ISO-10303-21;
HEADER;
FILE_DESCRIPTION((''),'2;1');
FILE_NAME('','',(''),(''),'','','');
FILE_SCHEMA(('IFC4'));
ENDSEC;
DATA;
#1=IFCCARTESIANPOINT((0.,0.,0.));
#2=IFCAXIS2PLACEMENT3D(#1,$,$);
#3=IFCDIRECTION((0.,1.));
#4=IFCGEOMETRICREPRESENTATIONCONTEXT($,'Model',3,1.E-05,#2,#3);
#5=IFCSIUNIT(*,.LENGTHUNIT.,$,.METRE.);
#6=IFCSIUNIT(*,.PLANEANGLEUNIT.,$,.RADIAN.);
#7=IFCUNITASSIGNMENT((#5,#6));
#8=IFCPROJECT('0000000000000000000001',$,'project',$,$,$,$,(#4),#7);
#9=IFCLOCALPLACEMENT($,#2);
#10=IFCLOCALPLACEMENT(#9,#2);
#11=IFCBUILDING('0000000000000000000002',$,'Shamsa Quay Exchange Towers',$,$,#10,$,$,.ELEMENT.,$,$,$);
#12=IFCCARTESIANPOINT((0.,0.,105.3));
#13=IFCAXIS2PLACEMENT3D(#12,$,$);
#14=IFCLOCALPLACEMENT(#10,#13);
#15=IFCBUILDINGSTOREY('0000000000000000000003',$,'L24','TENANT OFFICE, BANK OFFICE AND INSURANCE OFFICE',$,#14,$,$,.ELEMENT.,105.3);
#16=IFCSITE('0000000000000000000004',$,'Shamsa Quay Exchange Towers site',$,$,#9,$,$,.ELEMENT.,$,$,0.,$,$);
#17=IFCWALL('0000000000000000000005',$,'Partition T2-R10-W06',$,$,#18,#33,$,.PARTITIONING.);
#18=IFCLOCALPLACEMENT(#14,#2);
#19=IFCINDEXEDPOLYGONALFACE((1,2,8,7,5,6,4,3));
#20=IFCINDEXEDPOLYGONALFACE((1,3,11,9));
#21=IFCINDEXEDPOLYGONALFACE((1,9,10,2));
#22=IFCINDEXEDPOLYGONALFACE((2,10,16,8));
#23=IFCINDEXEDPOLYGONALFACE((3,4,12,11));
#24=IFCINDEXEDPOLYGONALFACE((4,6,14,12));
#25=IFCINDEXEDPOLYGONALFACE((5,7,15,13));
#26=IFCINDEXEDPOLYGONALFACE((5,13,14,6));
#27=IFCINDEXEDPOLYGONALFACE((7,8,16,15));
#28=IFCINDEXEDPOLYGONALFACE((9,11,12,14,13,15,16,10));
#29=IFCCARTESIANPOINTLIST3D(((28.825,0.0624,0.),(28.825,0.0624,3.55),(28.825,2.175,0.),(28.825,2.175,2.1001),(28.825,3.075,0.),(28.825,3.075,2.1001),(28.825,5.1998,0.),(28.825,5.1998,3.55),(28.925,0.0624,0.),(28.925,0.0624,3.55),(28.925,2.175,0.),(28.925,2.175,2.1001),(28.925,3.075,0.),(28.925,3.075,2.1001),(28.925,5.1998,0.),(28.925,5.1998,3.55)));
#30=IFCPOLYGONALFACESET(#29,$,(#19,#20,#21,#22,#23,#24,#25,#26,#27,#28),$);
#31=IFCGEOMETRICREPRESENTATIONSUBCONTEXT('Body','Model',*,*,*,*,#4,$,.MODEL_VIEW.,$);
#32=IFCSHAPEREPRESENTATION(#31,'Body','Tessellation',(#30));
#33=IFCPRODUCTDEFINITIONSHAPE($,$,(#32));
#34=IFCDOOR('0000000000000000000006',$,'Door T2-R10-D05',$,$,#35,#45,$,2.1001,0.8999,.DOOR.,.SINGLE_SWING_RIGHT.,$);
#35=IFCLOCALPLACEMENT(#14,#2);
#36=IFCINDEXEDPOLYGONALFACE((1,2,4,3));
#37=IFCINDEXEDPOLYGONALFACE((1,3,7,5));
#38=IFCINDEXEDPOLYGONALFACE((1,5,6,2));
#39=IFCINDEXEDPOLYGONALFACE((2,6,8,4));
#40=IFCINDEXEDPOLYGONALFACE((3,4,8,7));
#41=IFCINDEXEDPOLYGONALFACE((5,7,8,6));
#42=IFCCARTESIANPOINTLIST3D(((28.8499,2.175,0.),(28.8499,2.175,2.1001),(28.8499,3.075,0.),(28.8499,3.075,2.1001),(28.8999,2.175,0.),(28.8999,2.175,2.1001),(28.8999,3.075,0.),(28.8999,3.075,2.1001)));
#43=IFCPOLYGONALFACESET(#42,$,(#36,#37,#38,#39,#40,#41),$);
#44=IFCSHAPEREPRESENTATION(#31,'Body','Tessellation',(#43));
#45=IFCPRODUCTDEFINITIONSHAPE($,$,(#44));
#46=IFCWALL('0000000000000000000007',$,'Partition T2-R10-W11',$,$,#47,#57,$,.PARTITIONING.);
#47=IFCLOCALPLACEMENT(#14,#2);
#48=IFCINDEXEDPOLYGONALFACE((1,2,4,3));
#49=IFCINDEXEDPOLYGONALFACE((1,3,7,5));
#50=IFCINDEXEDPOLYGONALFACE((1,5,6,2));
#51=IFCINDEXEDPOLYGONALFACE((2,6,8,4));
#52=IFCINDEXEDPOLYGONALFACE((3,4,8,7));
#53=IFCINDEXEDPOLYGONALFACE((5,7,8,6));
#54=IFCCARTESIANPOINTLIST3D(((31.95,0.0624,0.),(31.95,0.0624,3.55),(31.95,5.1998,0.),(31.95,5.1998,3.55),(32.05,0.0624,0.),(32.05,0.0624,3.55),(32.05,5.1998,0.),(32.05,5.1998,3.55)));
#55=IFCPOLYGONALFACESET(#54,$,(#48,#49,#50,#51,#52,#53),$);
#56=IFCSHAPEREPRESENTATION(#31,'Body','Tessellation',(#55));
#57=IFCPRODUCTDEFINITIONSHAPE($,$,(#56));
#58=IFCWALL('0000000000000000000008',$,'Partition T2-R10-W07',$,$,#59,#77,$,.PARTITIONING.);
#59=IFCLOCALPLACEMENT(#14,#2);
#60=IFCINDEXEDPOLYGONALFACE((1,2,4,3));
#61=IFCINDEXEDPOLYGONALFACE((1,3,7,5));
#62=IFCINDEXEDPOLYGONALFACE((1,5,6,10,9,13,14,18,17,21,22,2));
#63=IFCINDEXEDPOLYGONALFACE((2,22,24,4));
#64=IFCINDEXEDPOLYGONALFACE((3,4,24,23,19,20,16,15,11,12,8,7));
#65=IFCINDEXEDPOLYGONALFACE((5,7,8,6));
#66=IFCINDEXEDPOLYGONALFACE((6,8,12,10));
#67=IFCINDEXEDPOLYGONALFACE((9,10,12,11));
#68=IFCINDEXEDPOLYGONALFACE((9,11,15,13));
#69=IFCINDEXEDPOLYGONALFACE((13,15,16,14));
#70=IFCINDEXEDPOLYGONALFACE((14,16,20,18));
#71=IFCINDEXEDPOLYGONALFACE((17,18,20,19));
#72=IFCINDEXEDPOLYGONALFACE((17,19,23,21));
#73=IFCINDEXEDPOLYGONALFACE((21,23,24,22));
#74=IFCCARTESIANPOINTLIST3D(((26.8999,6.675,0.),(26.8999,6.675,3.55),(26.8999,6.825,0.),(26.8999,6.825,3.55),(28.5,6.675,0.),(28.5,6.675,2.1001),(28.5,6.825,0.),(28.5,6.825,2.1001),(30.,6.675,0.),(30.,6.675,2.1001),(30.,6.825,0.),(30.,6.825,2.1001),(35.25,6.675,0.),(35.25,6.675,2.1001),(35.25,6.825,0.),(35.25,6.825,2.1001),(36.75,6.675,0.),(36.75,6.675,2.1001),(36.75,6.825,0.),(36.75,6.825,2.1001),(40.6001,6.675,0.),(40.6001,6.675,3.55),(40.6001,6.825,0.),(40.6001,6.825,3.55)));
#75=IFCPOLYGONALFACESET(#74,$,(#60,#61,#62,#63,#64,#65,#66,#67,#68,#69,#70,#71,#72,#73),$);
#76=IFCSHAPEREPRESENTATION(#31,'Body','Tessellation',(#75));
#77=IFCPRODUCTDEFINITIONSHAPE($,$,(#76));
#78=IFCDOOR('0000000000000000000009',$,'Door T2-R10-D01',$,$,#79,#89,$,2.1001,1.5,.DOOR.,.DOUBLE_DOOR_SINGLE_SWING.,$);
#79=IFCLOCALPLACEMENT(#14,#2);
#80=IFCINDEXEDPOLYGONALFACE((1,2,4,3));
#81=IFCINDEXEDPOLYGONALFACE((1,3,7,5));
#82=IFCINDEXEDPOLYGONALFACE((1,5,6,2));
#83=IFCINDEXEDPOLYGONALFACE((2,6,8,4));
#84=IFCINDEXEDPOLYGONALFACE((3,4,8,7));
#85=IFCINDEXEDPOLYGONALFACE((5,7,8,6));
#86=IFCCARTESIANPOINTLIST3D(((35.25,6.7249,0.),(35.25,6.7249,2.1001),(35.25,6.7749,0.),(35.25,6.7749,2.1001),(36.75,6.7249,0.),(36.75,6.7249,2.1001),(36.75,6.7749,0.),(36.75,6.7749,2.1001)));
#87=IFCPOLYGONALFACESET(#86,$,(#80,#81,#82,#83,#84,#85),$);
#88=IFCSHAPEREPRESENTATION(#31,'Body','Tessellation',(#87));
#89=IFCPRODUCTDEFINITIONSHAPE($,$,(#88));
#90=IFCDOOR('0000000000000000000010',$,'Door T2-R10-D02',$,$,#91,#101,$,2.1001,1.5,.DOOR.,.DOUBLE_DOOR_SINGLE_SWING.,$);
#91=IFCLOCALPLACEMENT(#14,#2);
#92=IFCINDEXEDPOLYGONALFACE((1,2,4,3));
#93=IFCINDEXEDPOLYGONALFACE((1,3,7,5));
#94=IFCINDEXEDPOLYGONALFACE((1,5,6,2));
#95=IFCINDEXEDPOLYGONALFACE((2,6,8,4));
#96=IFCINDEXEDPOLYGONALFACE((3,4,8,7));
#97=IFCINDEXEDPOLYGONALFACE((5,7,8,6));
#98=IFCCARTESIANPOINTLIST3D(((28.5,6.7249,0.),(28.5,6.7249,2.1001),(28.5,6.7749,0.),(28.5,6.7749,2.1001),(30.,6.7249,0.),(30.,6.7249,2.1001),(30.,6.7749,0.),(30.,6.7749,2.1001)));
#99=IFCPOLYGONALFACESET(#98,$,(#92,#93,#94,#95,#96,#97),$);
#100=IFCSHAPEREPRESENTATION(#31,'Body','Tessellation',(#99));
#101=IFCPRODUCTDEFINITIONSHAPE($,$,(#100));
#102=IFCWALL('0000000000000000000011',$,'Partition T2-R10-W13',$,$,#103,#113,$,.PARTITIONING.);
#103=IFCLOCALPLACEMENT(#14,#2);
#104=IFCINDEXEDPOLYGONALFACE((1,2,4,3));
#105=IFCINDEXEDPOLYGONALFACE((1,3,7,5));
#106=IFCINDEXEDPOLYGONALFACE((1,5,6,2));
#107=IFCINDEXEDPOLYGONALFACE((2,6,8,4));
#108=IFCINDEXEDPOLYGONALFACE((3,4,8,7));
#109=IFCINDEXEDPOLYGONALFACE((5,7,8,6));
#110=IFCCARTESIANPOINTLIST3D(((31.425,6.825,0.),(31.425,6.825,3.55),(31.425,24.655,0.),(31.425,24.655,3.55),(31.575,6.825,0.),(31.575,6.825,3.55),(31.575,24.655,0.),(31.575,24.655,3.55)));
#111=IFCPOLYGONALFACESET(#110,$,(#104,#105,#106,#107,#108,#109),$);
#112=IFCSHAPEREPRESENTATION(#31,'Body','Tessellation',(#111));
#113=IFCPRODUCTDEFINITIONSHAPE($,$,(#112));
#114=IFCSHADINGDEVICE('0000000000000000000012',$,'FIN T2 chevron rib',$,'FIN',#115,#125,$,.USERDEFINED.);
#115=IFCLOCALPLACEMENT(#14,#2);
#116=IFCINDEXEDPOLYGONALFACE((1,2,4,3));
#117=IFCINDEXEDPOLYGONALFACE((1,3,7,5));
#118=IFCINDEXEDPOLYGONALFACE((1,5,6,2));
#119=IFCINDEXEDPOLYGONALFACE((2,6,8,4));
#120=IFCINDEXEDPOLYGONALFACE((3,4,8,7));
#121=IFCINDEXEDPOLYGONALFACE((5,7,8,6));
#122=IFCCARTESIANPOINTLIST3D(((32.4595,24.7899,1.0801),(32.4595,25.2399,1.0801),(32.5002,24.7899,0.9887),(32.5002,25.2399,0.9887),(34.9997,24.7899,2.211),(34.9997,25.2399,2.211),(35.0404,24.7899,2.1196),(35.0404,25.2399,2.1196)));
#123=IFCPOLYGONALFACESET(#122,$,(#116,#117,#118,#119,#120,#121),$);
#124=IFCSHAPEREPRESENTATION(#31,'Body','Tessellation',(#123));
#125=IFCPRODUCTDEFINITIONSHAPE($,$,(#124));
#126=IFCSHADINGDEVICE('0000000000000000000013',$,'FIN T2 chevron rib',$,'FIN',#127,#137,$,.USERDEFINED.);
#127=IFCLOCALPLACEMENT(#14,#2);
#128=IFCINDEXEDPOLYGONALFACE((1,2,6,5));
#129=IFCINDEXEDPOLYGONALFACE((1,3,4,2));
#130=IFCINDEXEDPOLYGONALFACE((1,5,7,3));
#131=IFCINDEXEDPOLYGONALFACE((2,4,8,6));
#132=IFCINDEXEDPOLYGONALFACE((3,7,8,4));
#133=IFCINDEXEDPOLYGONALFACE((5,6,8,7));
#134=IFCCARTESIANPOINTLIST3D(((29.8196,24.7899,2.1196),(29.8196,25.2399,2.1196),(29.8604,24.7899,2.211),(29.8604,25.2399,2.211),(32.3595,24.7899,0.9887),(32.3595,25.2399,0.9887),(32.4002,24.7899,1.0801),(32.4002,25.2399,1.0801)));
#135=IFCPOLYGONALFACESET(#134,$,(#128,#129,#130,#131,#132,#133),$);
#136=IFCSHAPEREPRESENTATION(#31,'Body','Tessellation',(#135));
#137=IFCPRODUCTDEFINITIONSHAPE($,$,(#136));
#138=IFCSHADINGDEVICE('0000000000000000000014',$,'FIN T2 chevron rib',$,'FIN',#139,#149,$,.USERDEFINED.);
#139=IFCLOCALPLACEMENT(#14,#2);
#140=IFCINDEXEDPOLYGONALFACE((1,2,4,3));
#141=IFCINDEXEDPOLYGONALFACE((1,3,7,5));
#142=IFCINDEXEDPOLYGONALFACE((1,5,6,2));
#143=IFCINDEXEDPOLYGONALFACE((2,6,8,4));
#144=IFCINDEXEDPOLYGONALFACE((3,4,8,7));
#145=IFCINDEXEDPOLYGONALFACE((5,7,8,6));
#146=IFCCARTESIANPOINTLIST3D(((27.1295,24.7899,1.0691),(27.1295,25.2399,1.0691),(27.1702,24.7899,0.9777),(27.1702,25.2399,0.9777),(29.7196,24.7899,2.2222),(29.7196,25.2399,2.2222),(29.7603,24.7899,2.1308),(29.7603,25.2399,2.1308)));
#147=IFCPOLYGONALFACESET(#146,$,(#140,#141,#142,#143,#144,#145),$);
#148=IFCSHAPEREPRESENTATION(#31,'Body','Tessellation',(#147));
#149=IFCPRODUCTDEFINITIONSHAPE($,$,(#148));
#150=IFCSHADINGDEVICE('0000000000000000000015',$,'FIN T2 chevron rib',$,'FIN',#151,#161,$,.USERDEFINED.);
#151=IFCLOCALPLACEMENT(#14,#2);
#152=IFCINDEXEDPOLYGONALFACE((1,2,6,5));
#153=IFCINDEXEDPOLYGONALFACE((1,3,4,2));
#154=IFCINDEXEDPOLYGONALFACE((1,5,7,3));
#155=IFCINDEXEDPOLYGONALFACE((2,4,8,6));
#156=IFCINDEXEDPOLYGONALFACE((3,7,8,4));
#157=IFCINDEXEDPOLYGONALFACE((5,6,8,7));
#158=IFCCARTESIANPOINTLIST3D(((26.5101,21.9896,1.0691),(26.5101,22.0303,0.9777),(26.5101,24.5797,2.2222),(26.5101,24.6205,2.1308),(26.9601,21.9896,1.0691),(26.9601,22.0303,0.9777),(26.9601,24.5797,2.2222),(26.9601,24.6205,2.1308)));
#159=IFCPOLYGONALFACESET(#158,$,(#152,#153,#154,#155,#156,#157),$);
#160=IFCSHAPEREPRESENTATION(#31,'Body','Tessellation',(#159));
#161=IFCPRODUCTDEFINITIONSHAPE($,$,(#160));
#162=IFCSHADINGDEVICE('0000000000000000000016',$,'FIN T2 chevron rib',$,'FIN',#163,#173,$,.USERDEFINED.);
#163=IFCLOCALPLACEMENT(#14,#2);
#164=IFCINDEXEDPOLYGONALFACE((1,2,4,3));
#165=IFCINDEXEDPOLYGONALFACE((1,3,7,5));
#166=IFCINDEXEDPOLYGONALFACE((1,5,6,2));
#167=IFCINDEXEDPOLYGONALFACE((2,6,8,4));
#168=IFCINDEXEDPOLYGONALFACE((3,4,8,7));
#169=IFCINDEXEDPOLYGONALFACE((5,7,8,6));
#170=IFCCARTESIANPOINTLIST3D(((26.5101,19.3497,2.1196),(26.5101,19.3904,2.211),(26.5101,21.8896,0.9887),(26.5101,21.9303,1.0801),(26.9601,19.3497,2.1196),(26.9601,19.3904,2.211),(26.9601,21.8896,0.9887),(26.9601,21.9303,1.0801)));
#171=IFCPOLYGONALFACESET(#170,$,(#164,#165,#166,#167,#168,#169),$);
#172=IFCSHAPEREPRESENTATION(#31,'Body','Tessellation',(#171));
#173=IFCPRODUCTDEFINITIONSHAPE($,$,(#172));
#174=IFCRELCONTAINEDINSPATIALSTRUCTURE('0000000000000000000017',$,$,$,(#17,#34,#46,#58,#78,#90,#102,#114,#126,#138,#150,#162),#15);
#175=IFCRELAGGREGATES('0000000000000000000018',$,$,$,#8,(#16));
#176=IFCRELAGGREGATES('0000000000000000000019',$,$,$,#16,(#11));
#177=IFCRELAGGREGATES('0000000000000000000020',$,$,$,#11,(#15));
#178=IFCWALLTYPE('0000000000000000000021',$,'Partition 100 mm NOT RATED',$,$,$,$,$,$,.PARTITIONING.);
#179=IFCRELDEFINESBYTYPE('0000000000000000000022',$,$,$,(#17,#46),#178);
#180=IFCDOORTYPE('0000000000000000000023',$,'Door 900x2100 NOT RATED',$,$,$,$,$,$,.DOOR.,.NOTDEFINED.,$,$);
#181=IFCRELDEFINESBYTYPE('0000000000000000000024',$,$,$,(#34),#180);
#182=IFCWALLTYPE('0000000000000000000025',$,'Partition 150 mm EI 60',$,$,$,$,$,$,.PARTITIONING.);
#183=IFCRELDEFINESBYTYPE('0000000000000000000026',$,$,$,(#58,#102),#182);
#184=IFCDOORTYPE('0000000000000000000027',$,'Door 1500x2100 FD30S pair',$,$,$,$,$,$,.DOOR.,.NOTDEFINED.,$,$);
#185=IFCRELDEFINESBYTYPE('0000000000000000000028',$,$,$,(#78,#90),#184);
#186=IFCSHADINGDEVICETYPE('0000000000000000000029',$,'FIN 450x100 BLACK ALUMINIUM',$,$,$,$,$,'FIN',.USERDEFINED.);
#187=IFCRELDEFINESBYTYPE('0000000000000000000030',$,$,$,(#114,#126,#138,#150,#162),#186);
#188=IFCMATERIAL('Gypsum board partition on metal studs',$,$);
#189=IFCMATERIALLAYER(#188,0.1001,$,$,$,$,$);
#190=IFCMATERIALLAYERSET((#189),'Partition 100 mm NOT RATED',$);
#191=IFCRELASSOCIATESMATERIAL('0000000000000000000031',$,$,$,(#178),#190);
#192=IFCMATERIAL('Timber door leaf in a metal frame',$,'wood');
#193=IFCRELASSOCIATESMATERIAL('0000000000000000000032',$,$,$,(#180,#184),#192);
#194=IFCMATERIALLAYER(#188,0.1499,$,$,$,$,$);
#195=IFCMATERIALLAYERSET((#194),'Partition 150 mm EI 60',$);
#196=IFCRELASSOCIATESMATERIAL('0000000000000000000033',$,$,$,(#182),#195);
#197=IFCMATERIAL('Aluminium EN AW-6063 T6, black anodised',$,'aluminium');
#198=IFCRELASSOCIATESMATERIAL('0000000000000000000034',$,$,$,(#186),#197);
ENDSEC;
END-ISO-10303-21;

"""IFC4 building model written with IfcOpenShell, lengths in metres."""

from ifc_helpers import new_model, si_unit, direction, frame, frame_2d, origin, origin_2d, place, context, subcontext, project, spatial, rectangle, extrude, material, layer, layer_set, material_profile, profile_set, type_object, element, fill, save


model = new_model("IFC4")

# Units and contexts
model_context = context("Model", 3, precision=1e-05, world=origin(), true_north=direction((0.0, 1.0)))
body_context = subcontext(model_context, "Body", "Model", "MODEL_VIEW")
ifc_project = project(units=[si_unit("LENGTHUNIT", "METRE"), si_unit("PLANEANGLEUNIT", "RADIAN")], contexts=[model_context])

# Site, building, storey
site_placement = place(None, origin())
site = spatial("IfcSite", under=ifc_project, at=site_placement, Name="Shamsa Quay Exchange Towers site", CompositionType="ELEMENT", RefElevation=0.0)
building_placement = place(site_placement, origin())
building = spatial("IfcBuilding", under=site, at=building_placement, Name="Shamsa Quay Exchange Towers", CompositionType="ELEMENT")
storey_placement = place(building_placement, frame((0.0, 0.0, 105.3)))
storey = spatial("IfcBuildingStorey", under=building, at=storey_placement, Name="L24", Description="TENANT OFFICE, BANK OFFICE AND INSURANCE OFFICE", CompositionType="ELEMENT", Elevation=105.3)

# Shared definitions
ifc_material_1 = material(Name="Aluminium EN AW-6063 T6, black anodised", Category="aluminium")

# Wall, opening, door
ifc_material_2 = material(Name="Gypsum board partition on metal studs")
ifc_layer_1 = layer(ifc_material_2, 0.1001)
ifc_layer_set_1 = layer_set([ifc_layer_1], Name="Partition 100 mm NOT RATED")
wall_type_1 = type_object("IfcWallType", Name="Partition 100 mm NOT RATED", PredefinedType="PARTITIONING", material=ifc_layer_set_1)
wall_1_placement = place(storey_placement, frame((28.875, 5.2, 0.0), z_axis=(0.0, 0.0, 1.0), x_axis=(0.0, -1.0, 0.0)))
wall_1 = element("IfcWall", 1, at=wall_1_placement, inside=storey, type_object=wall_type_1, Name="Partition T2-R10-W06", PredefinedType="PARTITIONING", context=body_context, shape_type="SweptSolid", body=[
    extrude(rectangle(XDim=5.1375, YDim=0.1001, at=frame_2d((2.5688, 0.0))), origin(), (0.0, 0.0, 1.0), 3.55),
])
opening_1_placement = place(wall_1_placement, frame((2.125, 0.0, 0.0)))
opening_1 = element("IfcOpeningElement", 2, at=opening_1_placement, cuts=wall_1, PredefinedType="OPENING", context=body_context, shape_type="SweptSolid", body=[
    extrude(rectangle(XDim=0.8999, YDim=2.1001, at=frame_2d((0.45, 1.05))), frame((0.0, 0.0601, 0.0), z_axis=(0.0, -1.0, 0.0), x_axis=(1.0, 0.0, 0.0)), (0.0, 0.0, 1.0), 0.1201),
])
ifc_material_3 = material(Name="Timber door leaf in a metal frame", Category="wood")
door_type_1 = type_object("IfcDoorType", Name="Door 900x2100 NOT RATED", OperationType="NOTDEFINED", PredefinedType="DOOR", material=ifc_material_3)
door_1_placement = place(opening_1_placement, origin())
door_1 = element("IfcDoor", 3, at=door_1_placement, inside=storey, type_object=door_type_1, Name="Door T2-R10-D05", OperationType="SINGLE_SWING_RIGHT", OverallHeight=2.1001, OverallWidth=0.8999, PredefinedType="DOOR", context=body_context, shape_type="SweptSolid", body=[
    extrude(rectangle(XDim=0.8999, YDim=2.1001, at=frame_2d((0.45, 1.05))), frame((0.0, 0.0249, 0.0), z_axis=(0.0, -1.0, 0.0), x_axis=(1.0, 0.0, 0.0)), (0.0, 0.0, 1.0), 0.05),
])
fill(opening_1, door_1)

# Wall
wall_2_placement = place(storey_placement, frame((32.0, 5.2, 0.0), z_axis=(0.0, 0.0, 1.0), x_axis=(0.0, -1.0, 0.0)))
element("IfcWall", 4, at=wall_2_placement, inside=storey, type_object=wall_type_1, Name="Partition T2-R10-W11", PredefinedType="PARTITIONING", context=body_context, shape_type="SweptSolid", body=[
    extrude(rectangle(XDim=5.1375, YDim=0.1001, at=frame_2d((2.5688, 0.0))), origin(), (0.0, 0.0, 1.0), 3.55),
])

# Wall, openings, doors
ifc_layer_2 = layer(ifc_material_2, 0.1499)
ifc_layer_set_2 = layer_set([ifc_layer_2], Name="Partition 150 mm EI 60")
wall_type_2 = type_object("IfcWallType", Name="Partition 150 mm EI 60", PredefinedType="PARTITIONING", material=ifc_layer_set_2)
wall_3_placement = place(storey_placement, frame((26.8999, 6.75, 0.0)))
wall_3 = element("IfcWall", 5, at=wall_3_placement, inside=storey, type_object=wall_type_2, Name="Partition T2-R10-W07", PredefinedType="PARTITIONING", context=body_context, shape_type="SweptSolid", body=[
    extrude(rectangle(XDim=13.7002, YDim=0.1499, at=frame_2d((6.8501, 0.0))), origin(), (0.0, 0.0, 1.0), 3.55),
])
opening_2_placement = place(wall_3_placement, frame((8.3501, 0.0, 0.0)))
opening_2 = element("IfcOpeningElement", 6, at=opening_2_placement, cuts=wall_3, PredefinedType="OPENING", context=body_context, shape_type="SweptSolid", body=[
    extrude(rectangle(XDim=1.5, YDim=2.1001, at=frame_2d((0.75, 1.05))), frame((0.0, 0.085, 0.0), z_axis=(0.0, -1.0, 0.0), x_axis=(1.0, 0.0, 0.0)), (0.0, 0.0, 1.0), 0.1699),
])
opening_3_placement = place(wall_3_placement, frame((1.6001, 0.0, 0.0)))
opening_3 = element("IfcOpeningElement", 7, at=opening_3_placement, cuts=wall_3, PredefinedType="OPENING", context=body_context, shape_type="SweptSolid", body=[
    extrude(rectangle(XDim=1.5, YDim=2.1001, at=frame_2d((0.75, 1.05))), frame((0.0, 0.085, 0.0), z_axis=(0.0, -1.0, 0.0), x_axis=(1.0, 0.0, 0.0)), (0.0, 0.0, 1.0), 0.1699),
])
door_type_2 = type_object("IfcDoorType", Name="Door 1500x2100 FD30S pair", OperationType="NOTDEFINED", PredefinedType="DOOR", material=ifc_material_3)
door_2_placement = place(opening_2_placement, origin())
door_2 = element("IfcDoor", 8, at=door_2_placement, inside=storey, type_object=door_type_2, Name="Door T2-R10-D01", OperationType="DOUBLE_DOOR_SINGLE_SWING", OverallHeight=2.1001, OverallWidth=1.5, PredefinedType="DOOR", context=body_context, shape_type="SweptSolid", body=[
    extrude(rectangle(XDim=1.5, YDim=2.1001, at=frame_2d((0.75, 1.05))), frame((0.0, 0.0249, 0.0), z_axis=(0.0, -1.0, 0.0), x_axis=(1.0, 0.0, 0.0)), (0.0, 0.0, 1.0), 0.05),
])
fill(opening_2, door_2)
door_3_placement = place(opening_3_placement, origin())
door_3 = element("IfcDoor", 9, at=door_3_placement, inside=storey, type_object=door_type_2, Name="Door T2-R10-D02", OperationType="DOUBLE_DOOR_SINGLE_SWING", OverallHeight=2.1001, OverallWidth=1.5, PredefinedType="DOOR", context=body_context, shape_type="SweptSolid", body=[
    extrude(rectangle(XDim=1.5, YDim=2.1001, at=frame_2d((0.75, 1.05))), frame((0.0, 0.0249, 0.0), z_axis=(0.0, -1.0, 0.0), x_axis=(1.0, 0.0, 0.0)), (0.0, 0.0, 1.0), 0.05),
])
fill(opening_3, door_3)

# Wall
wall_4_placement = place(storey_placement, frame((31.5, 24.655, 0.0), z_axis=(0.0, 0.0, 1.0), x_axis=(0.0, -1.0, 0.0)))
element("IfcWall", 10, at=wall_4_placement, inside=storey, type_object=wall_type_2, Name="Partition T2-R10-W13", PredefinedType="PARTITIONING", context=body_context, shape_type="SweptSolid", body=[
    extrude(rectangle(XDim=17.8301, YDim=0.1499, at=frame_2d((8.915, 0.0))), origin(), (0.0, 0.0, 1.0), 3.55),
])

# Shading devices
ifc_material_profile_1 = material_profile(ifc_material_1, rectangle(XDim=0.45, YDim=0.1001, at=origin_2d()), Name="FIN450x100")
ifc_profile_set_1 = profile_set([ifc_material_profile_1], Name="Aluminium EN AW-6063 T6, black anodised")
shading_device_type = type_object("IfcShadingDeviceType", Name="FIN 450x100 BLACK ALUMINIUM", ElementType="FIN", PredefinedType="USERDEFINED", material=ifc_profile_set_1)
shading_device_1_placement = place(storey_placement, frame((35.02, 25.0149, 2.1653), z_axis=(-0.913551, 0.0, -0.406725), x_axis=(0.0, -1.0, 0.0)))
element("IfcShadingDevice", 11, at=shading_device_1_placement, inside=storey, type_object=shading_device_type, Name="FIN T2 chevron rib", ObjectType="FIN", PredefinedType="USERDEFINED", context=body_context, shape_type="SweptSolid", body=[
    extrude(rectangle(XDim=0.45, YDim=0.1001, at=origin_2d()), origin(), (0.0, 0.0, 1.0), 2.7805),
])
shading_device_2_placement = place(storey_placement, frame((32.3799, 25.0149, 1.0344), z_axis=(-0.913536, 0.0, 0.406758), x_axis=(0.0, -1.0, 0.0)))
element("IfcShadingDevice", 12, at=shading_device_2_placement, inside=storey, type_object=shading_device_type, Name="FIN T2 chevron rib", ObjectType="FIN", PredefinedType="USERDEFINED", context=body_context, shape_type="SweptSolid", body=[
    extrude(rectangle(XDim=0.45, YDim=0.1001, at=origin_2d()), origin(), (0.0, 0.0, 1.0), 2.7803),
])
for number, where, z_axis, x_axis, name in (
    (13, (29.74, 25.0149, 2.1765), (-0.913559, 0.0, -0.406706), (0.0, -1.0, 0.0), "FIN T2 chevron rib"),
    (14, (26.7351, 24.6001, 2.1765), (0.0, -0.913559, -0.406706), (1.0, 0.0, 0.0), "FIN T2 chevron rib"),
):
    element("IfcShadingDevice", number, at=place(storey_placement, frame(where, z_axis=z_axis, x_axis=x_axis)), inside=storey, type_object=shading_device_type, Name=name, ObjectType="FIN", PredefinedType="USERDEFINED", context=body_context, shape_type="SweptSolid", body=[
        extrude(rectangle(XDim=0.45, YDim=0.1001, at=origin_2d()), origin(), (0.0, 0.0, 1.0), 2.8352),
    ])
shading_device_3_placement = place(storey_placement, frame((26.7351, 21.9099, 1.0344), z_axis=(0.0, -0.913536, 0.406758), x_axis=(1.0, 0.0, 0.0)))
element("IfcShadingDevice", 15, at=shading_device_3_placement, inside=storey, type_object=shading_device_type, Name="FIN T2 chevron rib", ObjectType="FIN", PredefinedType="USERDEFINED", context=body_context, shape_type="SweptSolid", body=[
    extrude(rectangle(XDim=0.45, YDim=0.1001, at=origin_2d()), origin(), (0.0, 0.0, 1.0), 2.7803),
])

save(model, "model.ifc")
